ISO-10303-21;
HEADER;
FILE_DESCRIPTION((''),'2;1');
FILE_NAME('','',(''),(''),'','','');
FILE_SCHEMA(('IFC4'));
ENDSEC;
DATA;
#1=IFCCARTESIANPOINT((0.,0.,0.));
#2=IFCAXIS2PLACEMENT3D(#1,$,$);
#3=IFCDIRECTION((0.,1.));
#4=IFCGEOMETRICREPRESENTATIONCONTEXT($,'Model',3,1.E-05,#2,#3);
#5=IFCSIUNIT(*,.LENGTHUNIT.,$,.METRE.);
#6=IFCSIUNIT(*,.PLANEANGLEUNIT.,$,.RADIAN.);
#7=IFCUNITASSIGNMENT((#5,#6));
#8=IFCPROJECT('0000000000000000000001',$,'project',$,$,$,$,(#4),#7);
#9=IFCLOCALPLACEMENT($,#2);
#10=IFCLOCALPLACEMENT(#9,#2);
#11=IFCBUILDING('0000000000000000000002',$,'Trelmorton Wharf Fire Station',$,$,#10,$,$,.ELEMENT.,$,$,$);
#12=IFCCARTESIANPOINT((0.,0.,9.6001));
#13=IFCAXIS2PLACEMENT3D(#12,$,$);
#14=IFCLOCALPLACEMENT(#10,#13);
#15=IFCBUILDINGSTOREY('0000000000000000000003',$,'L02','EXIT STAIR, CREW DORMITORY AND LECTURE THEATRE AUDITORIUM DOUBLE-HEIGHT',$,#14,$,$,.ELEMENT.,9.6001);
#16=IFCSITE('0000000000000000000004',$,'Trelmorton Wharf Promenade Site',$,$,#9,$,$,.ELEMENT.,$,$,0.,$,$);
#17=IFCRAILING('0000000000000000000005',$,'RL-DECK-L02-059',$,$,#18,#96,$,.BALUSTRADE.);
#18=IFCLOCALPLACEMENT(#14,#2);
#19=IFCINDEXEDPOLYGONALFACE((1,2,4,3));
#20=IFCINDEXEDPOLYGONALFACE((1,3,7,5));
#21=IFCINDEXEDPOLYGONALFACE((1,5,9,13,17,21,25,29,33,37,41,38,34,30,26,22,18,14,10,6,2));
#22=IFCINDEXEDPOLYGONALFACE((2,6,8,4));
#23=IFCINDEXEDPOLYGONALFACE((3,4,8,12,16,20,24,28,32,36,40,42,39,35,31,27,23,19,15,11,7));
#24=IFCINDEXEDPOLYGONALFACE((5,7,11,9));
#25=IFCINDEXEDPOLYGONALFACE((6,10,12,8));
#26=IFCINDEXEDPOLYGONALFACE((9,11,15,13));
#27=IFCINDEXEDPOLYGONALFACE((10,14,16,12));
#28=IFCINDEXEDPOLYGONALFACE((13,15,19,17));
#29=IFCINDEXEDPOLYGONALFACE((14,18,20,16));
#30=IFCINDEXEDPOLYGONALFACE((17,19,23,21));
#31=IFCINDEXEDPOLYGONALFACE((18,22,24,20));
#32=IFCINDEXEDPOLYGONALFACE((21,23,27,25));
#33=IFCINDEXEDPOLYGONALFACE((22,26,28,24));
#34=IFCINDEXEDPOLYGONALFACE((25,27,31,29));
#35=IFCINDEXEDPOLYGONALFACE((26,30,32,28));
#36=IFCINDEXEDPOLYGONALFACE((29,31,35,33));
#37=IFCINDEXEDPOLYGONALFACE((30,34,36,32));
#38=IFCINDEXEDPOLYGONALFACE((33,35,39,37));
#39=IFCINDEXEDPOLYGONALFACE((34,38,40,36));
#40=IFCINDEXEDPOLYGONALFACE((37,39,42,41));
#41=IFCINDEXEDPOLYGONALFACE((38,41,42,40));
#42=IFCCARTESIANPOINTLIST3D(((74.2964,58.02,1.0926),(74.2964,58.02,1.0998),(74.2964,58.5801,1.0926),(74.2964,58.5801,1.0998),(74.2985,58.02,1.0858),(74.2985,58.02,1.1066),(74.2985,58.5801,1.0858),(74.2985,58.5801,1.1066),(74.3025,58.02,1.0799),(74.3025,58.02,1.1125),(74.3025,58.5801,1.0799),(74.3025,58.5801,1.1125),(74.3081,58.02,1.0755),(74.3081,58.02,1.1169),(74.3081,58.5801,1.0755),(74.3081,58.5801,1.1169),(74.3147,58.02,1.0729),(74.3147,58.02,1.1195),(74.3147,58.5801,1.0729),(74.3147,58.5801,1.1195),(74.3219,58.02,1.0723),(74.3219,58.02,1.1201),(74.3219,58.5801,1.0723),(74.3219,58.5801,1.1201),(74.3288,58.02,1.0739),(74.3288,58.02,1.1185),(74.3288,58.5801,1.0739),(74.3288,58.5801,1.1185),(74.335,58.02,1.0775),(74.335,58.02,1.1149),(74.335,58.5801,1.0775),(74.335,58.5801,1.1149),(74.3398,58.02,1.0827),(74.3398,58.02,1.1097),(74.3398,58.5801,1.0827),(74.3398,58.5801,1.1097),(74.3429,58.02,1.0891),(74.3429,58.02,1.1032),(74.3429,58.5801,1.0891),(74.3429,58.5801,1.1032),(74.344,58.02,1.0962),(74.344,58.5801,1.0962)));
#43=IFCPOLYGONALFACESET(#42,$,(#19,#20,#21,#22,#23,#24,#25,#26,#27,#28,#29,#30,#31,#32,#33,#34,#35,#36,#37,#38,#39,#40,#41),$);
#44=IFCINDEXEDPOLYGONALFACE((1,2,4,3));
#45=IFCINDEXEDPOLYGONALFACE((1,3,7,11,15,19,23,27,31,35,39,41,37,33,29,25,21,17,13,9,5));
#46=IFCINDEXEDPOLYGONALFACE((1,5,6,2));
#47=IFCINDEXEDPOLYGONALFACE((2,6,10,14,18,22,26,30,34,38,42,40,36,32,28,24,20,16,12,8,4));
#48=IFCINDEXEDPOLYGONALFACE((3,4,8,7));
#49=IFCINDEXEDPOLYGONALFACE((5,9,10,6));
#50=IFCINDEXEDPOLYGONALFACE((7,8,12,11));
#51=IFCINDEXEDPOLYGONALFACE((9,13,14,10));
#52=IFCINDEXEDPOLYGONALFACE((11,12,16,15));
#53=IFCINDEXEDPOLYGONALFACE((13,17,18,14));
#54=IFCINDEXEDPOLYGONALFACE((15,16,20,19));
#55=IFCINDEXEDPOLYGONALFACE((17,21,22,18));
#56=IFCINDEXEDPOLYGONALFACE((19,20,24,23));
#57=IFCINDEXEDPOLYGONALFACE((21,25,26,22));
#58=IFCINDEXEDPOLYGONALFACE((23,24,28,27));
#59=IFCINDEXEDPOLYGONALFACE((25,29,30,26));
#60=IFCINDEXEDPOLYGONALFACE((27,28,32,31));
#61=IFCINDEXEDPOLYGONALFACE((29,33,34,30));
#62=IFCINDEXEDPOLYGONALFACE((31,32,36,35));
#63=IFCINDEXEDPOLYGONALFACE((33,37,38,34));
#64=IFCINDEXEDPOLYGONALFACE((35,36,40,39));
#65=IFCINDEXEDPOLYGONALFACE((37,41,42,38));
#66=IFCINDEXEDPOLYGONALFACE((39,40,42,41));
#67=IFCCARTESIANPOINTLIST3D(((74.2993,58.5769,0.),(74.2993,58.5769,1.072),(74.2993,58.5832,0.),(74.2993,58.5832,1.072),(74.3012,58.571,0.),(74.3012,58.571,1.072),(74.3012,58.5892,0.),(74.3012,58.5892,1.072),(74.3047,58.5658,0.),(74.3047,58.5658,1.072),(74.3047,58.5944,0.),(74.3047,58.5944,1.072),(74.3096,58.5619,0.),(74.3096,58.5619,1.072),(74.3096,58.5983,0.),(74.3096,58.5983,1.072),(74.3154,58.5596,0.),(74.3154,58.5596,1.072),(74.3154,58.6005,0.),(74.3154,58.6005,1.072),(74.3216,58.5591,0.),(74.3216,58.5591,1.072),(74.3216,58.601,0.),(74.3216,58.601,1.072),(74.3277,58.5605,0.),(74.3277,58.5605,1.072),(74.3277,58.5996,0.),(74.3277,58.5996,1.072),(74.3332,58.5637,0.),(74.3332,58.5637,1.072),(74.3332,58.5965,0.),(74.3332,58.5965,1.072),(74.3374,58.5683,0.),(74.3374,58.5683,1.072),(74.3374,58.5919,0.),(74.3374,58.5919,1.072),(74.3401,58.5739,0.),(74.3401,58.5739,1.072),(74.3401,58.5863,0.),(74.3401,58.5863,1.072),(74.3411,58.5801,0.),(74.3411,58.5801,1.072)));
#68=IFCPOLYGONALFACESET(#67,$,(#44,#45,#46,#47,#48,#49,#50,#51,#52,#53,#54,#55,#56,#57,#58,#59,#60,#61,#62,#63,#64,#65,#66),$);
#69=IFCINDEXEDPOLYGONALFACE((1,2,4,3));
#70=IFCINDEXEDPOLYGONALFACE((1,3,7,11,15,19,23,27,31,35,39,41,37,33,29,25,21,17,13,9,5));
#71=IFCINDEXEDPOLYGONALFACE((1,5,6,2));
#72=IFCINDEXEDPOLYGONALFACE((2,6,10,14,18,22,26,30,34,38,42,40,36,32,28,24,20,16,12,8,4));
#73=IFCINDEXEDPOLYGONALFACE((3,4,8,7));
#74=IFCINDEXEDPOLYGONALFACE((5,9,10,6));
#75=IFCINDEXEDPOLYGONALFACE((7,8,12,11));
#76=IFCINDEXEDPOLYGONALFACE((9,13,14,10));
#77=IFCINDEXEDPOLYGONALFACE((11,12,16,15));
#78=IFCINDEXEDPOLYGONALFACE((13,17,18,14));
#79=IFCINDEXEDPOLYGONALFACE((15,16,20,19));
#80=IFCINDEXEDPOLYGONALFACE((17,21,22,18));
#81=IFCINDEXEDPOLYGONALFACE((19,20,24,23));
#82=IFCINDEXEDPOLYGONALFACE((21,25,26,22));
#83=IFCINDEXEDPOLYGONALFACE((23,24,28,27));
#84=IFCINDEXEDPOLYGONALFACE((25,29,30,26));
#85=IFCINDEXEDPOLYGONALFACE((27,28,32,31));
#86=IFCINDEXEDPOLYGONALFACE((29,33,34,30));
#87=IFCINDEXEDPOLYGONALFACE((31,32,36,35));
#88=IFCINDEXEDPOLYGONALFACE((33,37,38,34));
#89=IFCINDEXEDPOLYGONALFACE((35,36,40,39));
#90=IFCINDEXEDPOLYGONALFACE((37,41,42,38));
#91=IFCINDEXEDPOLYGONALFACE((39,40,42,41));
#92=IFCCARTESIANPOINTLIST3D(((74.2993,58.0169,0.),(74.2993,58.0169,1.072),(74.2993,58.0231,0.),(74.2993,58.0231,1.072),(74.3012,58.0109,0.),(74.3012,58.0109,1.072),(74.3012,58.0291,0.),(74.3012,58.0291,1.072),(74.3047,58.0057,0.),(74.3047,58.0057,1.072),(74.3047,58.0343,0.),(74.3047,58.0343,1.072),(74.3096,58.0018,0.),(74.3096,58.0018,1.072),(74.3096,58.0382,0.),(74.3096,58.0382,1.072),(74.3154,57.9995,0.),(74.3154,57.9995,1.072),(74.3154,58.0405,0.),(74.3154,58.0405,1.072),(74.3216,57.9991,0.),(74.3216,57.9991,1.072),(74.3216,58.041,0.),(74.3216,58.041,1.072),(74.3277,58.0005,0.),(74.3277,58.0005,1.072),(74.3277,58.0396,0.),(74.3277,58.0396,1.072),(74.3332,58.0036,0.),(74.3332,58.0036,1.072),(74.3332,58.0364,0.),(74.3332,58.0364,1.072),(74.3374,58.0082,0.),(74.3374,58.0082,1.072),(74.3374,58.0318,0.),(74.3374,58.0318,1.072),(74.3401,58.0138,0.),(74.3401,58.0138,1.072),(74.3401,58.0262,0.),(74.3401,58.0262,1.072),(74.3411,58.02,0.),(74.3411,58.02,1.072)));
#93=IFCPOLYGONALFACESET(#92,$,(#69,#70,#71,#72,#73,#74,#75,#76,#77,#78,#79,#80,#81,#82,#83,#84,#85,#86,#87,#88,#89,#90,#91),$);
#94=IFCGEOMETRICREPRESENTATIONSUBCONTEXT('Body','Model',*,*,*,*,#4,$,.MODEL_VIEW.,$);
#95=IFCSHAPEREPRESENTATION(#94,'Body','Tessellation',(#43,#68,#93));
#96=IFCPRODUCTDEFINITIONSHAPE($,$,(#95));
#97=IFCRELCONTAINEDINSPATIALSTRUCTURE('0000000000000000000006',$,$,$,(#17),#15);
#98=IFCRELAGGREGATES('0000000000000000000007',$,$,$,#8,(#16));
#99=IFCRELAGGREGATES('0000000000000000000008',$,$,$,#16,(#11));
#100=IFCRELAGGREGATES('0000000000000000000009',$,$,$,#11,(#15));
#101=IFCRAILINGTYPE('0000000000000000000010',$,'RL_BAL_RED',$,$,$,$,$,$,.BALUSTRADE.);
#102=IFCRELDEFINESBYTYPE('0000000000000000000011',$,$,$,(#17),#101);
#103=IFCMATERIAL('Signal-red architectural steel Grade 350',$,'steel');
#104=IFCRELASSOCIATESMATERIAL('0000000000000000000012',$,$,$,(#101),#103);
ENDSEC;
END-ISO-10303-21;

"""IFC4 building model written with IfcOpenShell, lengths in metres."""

from ifc_helpers import new_model, si_unit, direction, frame, origin, origin_2d, place, context, subcontext, project, spatial, circle, extrude, material, type_object, element, save


model = new_model("IFC4")

# Units and contexts
model_context = context("Model", 3, precision=1e-05, world=origin(), true_north=direction((0.0, 1.0)))
body_context = subcontext(model_context, "Body", "Model", "MODEL_VIEW")
ifc_project = project(units=[si_unit("LENGTHUNIT", "METRE"), si_unit("PLANEANGLEUNIT", "RADIAN")], contexts=[model_context])

# Site, building, storey
site_placement = place(None, origin())
site = spatial("IfcSite", under=ifc_project, at=site_placement, Name="Trelmorton Wharf Promenade Site", CompositionType="ELEMENT", RefElevation=0.0)
building_placement = place(site_placement, origin())
building = spatial("IfcBuilding", under=site, at=building_placement, Name="Trelmorton Wharf Fire Station", CompositionType="ELEMENT")
storey_placement = place(building_placement, frame((0.0, 0.0, 9.6001)))
storey = spatial("IfcBuildingStorey", under=building, at=storey_placement, Name="L02", Description="EXIT STAIR, CREW DORMITORY AND LECTURE THEATRE AUDITORIUM DOUBLE-HEIGHT", CompositionType="ELEMENT", Elevation=9.6001)

# Shared definitions
ifc_material_1 = material(Name="Signal-red architectural steel Grade 350", Category="steel")

# Railing
railing_type = type_object("IfcRailingType", Name="RL_BAL_RED", PredefinedType="BALUSTRADE", material=ifc_material_1)
railing_1_placement = place(storey_placement, frame((74.3201, 58.5801, 0.0)))
element("IfcRailing", 1, at=railing_1_placement, inside=storey, type_object=railing_type, Name="RL-DECK-L02-059", PredefinedType="BALUSTRADE", context=body_context, shape_type="SweptSolid", body=[
    extrude(circle(Radius=0.0239, at=origin_2d()), frame((0.0, 0.0, 1.0962), z_axis=(0.0, -1.0, 0.0), x_axis=(1.0, 0.0, 0.0)), (0.0, 0.0, 1.0), 0.5601),
    extrude(circle(Radius=0.021, at=origin_2d()), origin(), (0.0, 0.0, 1.0), 1.072),
    extrude(circle(Radius=0.021, at=origin_2d()), frame((0.0, -0.5601, 0.0)), (0.0, 0.0, 1.0), 1.072),
])

save(model, "model.ifc")
